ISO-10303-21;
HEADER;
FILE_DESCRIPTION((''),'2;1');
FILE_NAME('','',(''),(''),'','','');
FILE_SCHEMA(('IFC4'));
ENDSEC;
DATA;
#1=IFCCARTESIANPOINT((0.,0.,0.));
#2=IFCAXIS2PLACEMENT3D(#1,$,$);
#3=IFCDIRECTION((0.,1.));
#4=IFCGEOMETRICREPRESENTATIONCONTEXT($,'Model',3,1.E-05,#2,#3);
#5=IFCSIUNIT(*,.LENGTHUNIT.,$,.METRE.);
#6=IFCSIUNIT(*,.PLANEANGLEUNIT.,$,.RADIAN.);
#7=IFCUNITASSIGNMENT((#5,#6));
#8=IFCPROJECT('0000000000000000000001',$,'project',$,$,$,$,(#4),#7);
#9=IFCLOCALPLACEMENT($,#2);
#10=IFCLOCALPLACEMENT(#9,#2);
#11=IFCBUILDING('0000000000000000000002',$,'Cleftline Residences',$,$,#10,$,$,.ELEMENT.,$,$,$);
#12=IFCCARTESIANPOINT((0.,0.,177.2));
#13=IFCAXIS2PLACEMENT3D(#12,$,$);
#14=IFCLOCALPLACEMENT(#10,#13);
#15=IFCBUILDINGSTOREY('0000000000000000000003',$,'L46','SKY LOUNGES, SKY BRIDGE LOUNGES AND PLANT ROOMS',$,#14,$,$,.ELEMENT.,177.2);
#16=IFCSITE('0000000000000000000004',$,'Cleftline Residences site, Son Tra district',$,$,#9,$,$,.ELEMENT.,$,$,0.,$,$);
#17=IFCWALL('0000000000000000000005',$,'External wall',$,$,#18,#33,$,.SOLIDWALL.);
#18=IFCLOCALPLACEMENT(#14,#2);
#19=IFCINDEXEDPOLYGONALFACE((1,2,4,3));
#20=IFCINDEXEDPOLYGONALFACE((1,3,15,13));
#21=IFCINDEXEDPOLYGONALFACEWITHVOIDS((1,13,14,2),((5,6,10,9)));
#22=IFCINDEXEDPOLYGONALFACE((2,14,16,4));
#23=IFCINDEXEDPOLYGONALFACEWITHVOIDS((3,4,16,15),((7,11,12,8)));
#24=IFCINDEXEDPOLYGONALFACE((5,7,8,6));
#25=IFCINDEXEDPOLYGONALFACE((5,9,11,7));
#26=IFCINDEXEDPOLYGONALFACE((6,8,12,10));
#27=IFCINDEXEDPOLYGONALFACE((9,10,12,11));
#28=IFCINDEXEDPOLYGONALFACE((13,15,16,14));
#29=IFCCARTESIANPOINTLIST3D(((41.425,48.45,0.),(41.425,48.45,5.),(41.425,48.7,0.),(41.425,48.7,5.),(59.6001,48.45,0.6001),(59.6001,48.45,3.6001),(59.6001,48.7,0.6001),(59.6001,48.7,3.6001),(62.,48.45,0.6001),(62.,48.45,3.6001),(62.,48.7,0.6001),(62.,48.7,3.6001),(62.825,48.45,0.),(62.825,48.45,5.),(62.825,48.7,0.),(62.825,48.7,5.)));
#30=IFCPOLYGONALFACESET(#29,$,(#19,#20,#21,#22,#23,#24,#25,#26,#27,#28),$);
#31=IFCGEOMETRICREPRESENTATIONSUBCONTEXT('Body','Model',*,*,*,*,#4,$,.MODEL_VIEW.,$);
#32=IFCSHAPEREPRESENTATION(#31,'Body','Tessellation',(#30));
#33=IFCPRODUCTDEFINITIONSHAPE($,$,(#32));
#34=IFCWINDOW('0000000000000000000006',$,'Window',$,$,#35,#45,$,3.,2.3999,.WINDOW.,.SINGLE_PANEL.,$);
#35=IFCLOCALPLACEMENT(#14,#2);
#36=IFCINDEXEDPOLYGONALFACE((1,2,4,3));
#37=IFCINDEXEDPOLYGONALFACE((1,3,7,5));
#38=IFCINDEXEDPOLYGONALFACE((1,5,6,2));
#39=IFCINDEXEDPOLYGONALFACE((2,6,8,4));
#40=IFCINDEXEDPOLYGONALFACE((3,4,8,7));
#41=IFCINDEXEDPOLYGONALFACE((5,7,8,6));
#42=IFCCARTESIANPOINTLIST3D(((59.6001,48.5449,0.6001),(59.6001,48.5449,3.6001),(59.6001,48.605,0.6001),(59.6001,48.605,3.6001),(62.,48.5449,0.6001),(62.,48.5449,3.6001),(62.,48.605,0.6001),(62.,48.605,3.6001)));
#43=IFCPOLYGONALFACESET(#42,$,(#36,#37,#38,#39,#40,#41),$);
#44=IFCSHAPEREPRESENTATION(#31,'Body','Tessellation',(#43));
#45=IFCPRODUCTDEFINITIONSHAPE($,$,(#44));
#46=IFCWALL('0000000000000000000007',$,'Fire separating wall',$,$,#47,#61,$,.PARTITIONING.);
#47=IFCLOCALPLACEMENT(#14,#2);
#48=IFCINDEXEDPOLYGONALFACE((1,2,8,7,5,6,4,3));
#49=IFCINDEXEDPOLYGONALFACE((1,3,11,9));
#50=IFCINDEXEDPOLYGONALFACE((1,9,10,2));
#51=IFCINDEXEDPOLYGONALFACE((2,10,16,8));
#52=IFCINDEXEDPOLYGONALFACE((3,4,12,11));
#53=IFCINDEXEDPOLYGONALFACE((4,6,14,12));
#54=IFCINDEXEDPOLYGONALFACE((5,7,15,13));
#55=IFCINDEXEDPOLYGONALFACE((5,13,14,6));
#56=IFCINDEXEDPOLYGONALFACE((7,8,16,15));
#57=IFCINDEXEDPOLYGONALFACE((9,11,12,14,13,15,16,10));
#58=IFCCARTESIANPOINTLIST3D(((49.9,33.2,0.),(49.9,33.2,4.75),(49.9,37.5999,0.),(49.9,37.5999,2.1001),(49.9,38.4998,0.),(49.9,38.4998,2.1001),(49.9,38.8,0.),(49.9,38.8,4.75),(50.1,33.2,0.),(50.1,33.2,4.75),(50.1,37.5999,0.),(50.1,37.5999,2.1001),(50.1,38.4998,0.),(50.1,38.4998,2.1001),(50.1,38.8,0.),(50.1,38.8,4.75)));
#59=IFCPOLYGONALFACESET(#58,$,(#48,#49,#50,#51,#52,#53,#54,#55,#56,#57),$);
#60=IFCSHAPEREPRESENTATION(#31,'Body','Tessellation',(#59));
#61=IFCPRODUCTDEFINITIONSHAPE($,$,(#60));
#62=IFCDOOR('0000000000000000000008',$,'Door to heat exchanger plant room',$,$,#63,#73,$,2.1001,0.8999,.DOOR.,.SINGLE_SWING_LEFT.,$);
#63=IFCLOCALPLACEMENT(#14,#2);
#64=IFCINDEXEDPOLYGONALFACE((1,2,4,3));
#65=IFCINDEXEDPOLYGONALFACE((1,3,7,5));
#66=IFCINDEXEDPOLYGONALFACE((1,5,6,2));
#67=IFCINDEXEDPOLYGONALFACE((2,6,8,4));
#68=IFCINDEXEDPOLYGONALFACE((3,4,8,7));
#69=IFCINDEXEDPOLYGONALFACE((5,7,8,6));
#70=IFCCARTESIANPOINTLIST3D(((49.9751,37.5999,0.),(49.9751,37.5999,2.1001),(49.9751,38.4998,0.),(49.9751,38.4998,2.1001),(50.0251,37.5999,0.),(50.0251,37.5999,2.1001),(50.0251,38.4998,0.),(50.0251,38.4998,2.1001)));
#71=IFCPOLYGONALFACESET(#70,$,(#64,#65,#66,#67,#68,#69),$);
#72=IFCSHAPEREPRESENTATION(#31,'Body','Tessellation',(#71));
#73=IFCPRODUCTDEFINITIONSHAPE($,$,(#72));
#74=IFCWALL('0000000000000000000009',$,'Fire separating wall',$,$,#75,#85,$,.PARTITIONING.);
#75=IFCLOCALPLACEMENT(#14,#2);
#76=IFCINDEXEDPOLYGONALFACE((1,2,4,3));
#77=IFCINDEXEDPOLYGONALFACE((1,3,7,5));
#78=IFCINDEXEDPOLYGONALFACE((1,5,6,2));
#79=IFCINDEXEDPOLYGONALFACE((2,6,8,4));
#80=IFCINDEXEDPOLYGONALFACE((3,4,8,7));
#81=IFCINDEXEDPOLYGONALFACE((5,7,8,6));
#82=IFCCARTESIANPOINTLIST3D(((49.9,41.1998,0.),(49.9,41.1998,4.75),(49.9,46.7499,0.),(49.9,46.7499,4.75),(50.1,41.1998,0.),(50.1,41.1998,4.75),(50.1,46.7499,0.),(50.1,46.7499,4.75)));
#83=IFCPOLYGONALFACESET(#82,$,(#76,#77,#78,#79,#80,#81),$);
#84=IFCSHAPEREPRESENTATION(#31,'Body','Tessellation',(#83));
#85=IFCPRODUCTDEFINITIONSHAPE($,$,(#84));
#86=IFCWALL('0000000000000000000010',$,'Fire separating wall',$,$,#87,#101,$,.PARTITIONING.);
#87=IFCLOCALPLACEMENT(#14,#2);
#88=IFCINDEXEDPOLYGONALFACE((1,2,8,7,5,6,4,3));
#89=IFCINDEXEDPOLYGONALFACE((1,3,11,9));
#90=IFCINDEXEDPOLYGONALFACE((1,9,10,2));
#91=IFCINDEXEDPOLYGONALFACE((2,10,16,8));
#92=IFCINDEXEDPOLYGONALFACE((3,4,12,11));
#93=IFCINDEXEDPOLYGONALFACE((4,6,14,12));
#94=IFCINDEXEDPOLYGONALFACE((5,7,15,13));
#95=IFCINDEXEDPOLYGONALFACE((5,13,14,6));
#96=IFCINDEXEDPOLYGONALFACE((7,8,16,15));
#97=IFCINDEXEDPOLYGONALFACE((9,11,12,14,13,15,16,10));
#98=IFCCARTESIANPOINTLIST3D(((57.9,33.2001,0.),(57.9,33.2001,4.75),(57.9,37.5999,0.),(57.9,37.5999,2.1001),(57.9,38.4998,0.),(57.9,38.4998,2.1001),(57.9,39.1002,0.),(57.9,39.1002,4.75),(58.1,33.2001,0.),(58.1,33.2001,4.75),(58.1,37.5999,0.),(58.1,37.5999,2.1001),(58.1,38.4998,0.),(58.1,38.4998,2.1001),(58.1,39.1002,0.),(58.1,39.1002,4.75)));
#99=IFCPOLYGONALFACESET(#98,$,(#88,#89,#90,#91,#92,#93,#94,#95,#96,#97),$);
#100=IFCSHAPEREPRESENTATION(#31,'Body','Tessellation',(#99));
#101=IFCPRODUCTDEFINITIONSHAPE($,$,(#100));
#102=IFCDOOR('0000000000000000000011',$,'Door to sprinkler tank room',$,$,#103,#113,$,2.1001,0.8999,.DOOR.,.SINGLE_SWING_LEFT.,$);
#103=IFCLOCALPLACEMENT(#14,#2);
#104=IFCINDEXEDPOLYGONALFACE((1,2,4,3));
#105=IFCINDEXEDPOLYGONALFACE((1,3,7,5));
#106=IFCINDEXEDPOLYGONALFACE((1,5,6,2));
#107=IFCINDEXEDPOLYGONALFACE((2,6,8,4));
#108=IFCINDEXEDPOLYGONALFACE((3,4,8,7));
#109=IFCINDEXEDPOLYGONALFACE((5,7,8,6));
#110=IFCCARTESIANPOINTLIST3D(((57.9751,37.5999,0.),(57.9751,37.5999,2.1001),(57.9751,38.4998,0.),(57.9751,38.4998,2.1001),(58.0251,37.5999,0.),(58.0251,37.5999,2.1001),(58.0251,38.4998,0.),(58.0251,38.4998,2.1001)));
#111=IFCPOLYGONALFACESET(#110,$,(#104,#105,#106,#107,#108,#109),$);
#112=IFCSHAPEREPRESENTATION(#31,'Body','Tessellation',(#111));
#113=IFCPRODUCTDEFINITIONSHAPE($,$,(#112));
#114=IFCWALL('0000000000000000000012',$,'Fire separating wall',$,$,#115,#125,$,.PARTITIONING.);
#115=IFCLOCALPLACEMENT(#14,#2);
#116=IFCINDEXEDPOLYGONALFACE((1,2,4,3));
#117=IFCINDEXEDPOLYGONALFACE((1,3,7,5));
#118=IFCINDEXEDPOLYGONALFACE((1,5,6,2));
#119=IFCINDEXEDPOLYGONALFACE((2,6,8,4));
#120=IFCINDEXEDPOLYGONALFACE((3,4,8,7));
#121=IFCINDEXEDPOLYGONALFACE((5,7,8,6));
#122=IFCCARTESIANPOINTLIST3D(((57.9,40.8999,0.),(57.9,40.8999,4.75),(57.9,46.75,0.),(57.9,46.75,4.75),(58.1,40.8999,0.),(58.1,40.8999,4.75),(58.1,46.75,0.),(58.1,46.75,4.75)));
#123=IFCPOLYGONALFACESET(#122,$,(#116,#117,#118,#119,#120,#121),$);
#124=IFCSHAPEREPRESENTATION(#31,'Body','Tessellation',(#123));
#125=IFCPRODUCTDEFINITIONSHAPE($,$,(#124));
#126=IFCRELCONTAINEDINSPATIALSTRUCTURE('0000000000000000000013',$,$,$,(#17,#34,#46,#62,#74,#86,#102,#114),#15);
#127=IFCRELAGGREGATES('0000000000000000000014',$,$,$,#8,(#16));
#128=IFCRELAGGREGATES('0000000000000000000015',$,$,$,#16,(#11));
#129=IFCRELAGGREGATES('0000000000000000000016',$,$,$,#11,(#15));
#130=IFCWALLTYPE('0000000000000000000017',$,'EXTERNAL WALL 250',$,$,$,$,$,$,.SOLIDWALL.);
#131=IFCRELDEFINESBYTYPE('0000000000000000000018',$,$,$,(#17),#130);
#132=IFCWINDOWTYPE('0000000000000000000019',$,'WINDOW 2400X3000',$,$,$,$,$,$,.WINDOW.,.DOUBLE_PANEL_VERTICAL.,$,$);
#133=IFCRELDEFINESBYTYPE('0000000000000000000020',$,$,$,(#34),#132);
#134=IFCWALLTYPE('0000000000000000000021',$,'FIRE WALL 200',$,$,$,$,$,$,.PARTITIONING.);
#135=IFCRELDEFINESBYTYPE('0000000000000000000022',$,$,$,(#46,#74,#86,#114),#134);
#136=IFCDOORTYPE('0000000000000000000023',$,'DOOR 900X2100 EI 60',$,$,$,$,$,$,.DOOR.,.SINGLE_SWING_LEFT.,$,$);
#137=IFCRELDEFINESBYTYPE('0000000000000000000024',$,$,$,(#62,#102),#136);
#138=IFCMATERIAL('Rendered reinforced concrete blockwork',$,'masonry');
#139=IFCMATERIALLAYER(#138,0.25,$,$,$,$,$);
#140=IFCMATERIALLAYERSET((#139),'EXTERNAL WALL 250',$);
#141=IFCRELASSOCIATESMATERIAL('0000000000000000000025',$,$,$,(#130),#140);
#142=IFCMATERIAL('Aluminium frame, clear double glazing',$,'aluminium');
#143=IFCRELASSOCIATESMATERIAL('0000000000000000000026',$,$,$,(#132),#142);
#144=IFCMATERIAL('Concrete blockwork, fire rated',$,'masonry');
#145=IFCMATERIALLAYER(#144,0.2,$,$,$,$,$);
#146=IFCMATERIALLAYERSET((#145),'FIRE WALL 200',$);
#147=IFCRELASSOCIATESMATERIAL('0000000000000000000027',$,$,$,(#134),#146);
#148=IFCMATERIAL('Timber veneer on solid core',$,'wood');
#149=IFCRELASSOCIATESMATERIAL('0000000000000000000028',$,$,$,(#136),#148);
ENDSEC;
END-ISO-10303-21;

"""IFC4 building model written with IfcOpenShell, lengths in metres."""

from ifc_helpers import new_model, si_unit, direction, frame, frame_2d, origin, place, context, subcontext, project, spatial, rectangle, extrude, material, layer, layer_set, type_object, element, fill, save


model = new_model("IFC4")

# Units and contexts
model_context = context("Model", 3, precision=1e-05, world=origin(), true_north=direction((0.0, 1.0)))
body_context = subcontext(model_context, "Body", "Model", "MODEL_VIEW")
ifc_project = project(units=[si_unit("LENGTHUNIT", "METRE"), si_unit("PLANEANGLEUNIT", "RADIAN")], contexts=[model_context])

# Site, building, storey
site_placement = place(None, origin())
site = spatial("IfcSite", under=ifc_project, at=site_placement, Name="Cleftline Residences site, Son Tra district", CompositionType="ELEMENT", RefElevation=0.0)
building_placement = place(site_placement, origin())
building = spatial("IfcBuilding", under=site, at=building_placement, Name="Cleftline Residences", CompositionType="ELEMENT")
storey_placement = place(building_placement, frame((0.0, 0.0, 177.2)))
storey = spatial("IfcBuildingStorey", under=building, at=storey_placement, Name="L46", Description="SKY LOUNGES, SKY BRIDGE LOUNGES AND PLANT ROOMS", CompositionType="ELEMENT", Elevation=177.2)

# Wall, opening, window
ifc_material_1 = material(Name="Rendered reinforced concrete blockwork", Category="masonry")
ifc_layer_1 = layer(ifc_material_1, 0.25)
ifc_layer_set_1 = layer_set([ifc_layer_1], Name="EXTERNAL WALL 250")
wall_type_1 = type_object("IfcWallType", Name="EXTERNAL WALL 250", PredefinedType="SOLIDWALL", material=ifc_layer_set_1)
ifc_material_2 = material(Name="Aluminium frame, clear double glazing", Category="aluminium")
window_type = type_object("IfcWindowType", Name="WINDOW 2400X3000", PartitioningType="DOUBLE_PANEL_VERTICAL", PredefinedType="WINDOW", material=ifc_material_2)
wall_1_placement = place(storey_placement, frame((62.825, 48.575, 0.0), z_axis=(0.0, 0.0, 1.0), x_axis=(-1.0, 0.0, 0.0)))
wall_1 = element("IfcWall", 1, at=wall_1_placement, inside=storey, type_object=wall_type_1, Name="External wall", PredefinedType="SOLIDWALL", context=body_context, shape_type="SweptSolid", body=[
    extrude(rectangle(XDim=21.3999, YDim=0.25, at=frame_2d((10.7, 0.0))), origin(), (0.0, 0.0, 1.0), 5.0),
])
opening_1_placement = place(wall_1_placement, frame((0.825, 0.0, 0.6001)))
opening_1 = element("IfcOpeningElement", 2, at=opening_1_placement, cuts=wall_1, PredefinedType="OPENING", context=body_context, shape_type="SweptSolid", body=[
    extrude(rectangle(XDim=2.3999, YDim=3.0, at=frame_2d((1.2, 1.5))), frame((0.0, 0.135, 0.0), z_axis=(0.0, -1.0, 0.0), x_axis=(1.0, 0.0, 0.0)), (0.0, 0.0, 1.0), 0.27),
])
window_1_placement = place(opening_1_placement, origin())
window_1 = element("IfcWindow", 3, at=window_1_placement, inside=storey, type_object=window_type, Name="Window", OverallHeight=3.0, OverallWidth=2.3999, PartitioningType="SINGLE_PANEL", PredefinedType="WINDOW", context=body_context, shape_type="SweptSolid", body=[
    extrude(rectangle(XDim=2.3999, YDim=3.0, at=frame_2d((1.2, 1.5))), frame((0.0, 0.03, 0.0), z_axis=(0.0, -1.0, 0.0), x_axis=(1.0, 0.0, 0.0)), (0.0, 0.0, 1.0), 0.0601),
])
fill(opening_1, window_1)

# Wall, opening, door
ifc_material_3 = material(Name="Concrete blockwork, fire rated", Category="masonry")
ifc_layer_2 = layer(ifc_material_3, 0.2)
ifc_layer_set_2 = layer_set([ifc_layer_2], Name="FIRE WALL 200")
wall_type_2 = type_object("IfcWallType", Name="FIRE WALL 200", PredefinedType="PARTITIONING", material=ifc_layer_set_2)
wall_2_placement = place(storey_placement, frame((50.0, 33.2, 0.0), z_axis=(0.0, 0.0, 1.0), x_axis=(0.0, 1.0, 0.0)))
wall_2 = element("IfcWall", 4, at=wall_2_placement, inside=storey, type_object=wall_type_2, Name="Fire separating wall", PredefinedType="PARTITIONING", context=body_context, shape_type="SweptSolid", body=[
    extrude(rectangle(XDim=5.6001, YDim=0.2, at=frame_2d((2.8, 0.0))), origin(), (0.0, 0.0, 1.0), 4.75),
])
opening_2_placement = place(wall_2_placement, frame((4.3999, 0.0, 0.0)))
opening_2 = element("IfcOpeningElement", 5, at=opening_2_placement, cuts=wall_2, PredefinedType="OPENING", context=body_context, shape_type="SweptSolid", body=[
    extrude(rectangle(XDim=0.8999, YDim=2.1001, at=frame_2d((0.45, 1.05))), frame((0.0, 0.1099, 0.0), z_axis=(0.0, -1.0, 0.0), x_axis=(1.0, 0.0, 0.0)), (0.0, 0.0, 1.0), 0.22),
])
ifc_material_4 = material(Name="Timber veneer on solid core", Category="wood")
door_type = type_object("IfcDoorType", Name="DOOR 900X2100 EI 60", OperationType="SINGLE_SWING_LEFT", PredefinedType="DOOR", material=ifc_material_4)
door_1_placement = place(opening_2_placement, origin())
door_1 = element("IfcDoor", 6, at=door_1_placement, inside=storey, type_object=door_type, Name="Door to heat exchanger plant room", OperationType="SINGLE_SWING_LEFT", OverallHeight=2.1001, OverallWidth=0.8999, PredefinedType="DOOR", context=body_context, shape_type="SweptSolid", body=[
    extrude(rectangle(XDim=0.8999, YDim=2.1001, at=frame_2d((0.45, 1.05))), frame((0.0, 0.0249, 0.0), z_axis=(0.0, -1.0, 0.0), x_axis=(1.0, 0.0, 0.0)), (0.0, 0.0, 1.0), 0.05),
])
fill(opening_2, door_1)

# Wall
wall_3_placement = place(storey_placement, frame((50.0, 41.2, 0.0), z_axis=(0.0, 0.0, 1.0), x_axis=(0.0, 1.0, 0.0)))
element("IfcWall", 7, at=wall_3_placement, inside=storey, type_object=wall_type_2, Name="Fire separating wall", PredefinedType="PARTITIONING", context=body_context, shape_type="SweptSolid", body=[
    extrude(rectangle(XDim=5.55, YDim=0.2, at=frame_2d((2.7749, 0.0))), origin(), (0.0, 0.0, 1.0), 4.75),
])

# Wall, opening, door
wall_4_placement = place(storey_placement, frame((58.0, 33.2, 0.0), z_axis=(0.0, 0.0, 1.0), x_axis=(0.0, 1.0, 0.0)))
wall_4 = element("IfcWall", 8, at=wall_4_placement, inside=storey, type_object=wall_type_2, Name="Fire separating wall", PredefinedType="PARTITIONING", context=body_context, shape_type="SweptSolid", body=[
    extrude(rectangle(XDim=5.9001, YDim=0.2, at=frame_2d((2.9502, 0.0))), origin(), (0.0, 0.0, 1.0), 4.75),
])
opening_3_placement = place(wall_4_placement, frame((4.3999, 0.0, 0.0)))
opening_3 = element("IfcOpeningElement", 9, at=opening_3_placement, cuts=wall_4, PredefinedType="OPENING", context=body_context, shape_type="SweptSolid", body=[
    extrude(rectangle(XDim=0.8999, YDim=2.1001, at=frame_2d((0.45, 1.05))), frame((0.0, 0.1099, 0.0), z_axis=(0.0, -1.0, 0.0), x_axis=(1.0, 0.0, 0.0)), (0.0, 0.0, 1.0), 0.22),
])
door_2_placement = place(opening_3_placement, origin())
door_2 = element("IfcDoor", 10, at=door_2_placement, inside=storey, type_object=door_type, Name="Door to sprinkler tank room", OperationType="SINGLE_SWING_LEFT", OverallHeight=2.1001, OverallWidth=0.8999, PredefinedType="DOOR", context=body_context, shape_type="SweptSolid", body=[
    extrude(rectangle(XDim=0.8999, YDim=2.1001, at=frame_2d((0.45, 1.05))), frame((0.0, 0.0249, 0.0), z_axis=(0.0, -1.0, 0.0), x_axis=(1.0, 0.0, 0.0)), (0.0, 0.0, 1.0), 0.05),
])
fill(opening_3, door_2)

# Wall
wall_5_placement = place(storey_placement, frame((58.0, 40.8999, 0.0), z_axis=(0.0, 0.0, 1.0), x_axis=(0.0, 1.0, 0.0)))
element("IfcWall", 11, at=wall_5_placement, inside=storey, type_object=wall_type_2, Name="Fire separating wall", PredefinedType="PARTITIONING", context=body_context, shape_type="SweptSolid", body=[
    extrude(rectangle(XDim=5.8501, YDim=0.2, at=frame_2d((2.925, 0.0))), origin(), (0.0, 0.0, 1.0), 4.75),
])

save(model, "model.ifc")
